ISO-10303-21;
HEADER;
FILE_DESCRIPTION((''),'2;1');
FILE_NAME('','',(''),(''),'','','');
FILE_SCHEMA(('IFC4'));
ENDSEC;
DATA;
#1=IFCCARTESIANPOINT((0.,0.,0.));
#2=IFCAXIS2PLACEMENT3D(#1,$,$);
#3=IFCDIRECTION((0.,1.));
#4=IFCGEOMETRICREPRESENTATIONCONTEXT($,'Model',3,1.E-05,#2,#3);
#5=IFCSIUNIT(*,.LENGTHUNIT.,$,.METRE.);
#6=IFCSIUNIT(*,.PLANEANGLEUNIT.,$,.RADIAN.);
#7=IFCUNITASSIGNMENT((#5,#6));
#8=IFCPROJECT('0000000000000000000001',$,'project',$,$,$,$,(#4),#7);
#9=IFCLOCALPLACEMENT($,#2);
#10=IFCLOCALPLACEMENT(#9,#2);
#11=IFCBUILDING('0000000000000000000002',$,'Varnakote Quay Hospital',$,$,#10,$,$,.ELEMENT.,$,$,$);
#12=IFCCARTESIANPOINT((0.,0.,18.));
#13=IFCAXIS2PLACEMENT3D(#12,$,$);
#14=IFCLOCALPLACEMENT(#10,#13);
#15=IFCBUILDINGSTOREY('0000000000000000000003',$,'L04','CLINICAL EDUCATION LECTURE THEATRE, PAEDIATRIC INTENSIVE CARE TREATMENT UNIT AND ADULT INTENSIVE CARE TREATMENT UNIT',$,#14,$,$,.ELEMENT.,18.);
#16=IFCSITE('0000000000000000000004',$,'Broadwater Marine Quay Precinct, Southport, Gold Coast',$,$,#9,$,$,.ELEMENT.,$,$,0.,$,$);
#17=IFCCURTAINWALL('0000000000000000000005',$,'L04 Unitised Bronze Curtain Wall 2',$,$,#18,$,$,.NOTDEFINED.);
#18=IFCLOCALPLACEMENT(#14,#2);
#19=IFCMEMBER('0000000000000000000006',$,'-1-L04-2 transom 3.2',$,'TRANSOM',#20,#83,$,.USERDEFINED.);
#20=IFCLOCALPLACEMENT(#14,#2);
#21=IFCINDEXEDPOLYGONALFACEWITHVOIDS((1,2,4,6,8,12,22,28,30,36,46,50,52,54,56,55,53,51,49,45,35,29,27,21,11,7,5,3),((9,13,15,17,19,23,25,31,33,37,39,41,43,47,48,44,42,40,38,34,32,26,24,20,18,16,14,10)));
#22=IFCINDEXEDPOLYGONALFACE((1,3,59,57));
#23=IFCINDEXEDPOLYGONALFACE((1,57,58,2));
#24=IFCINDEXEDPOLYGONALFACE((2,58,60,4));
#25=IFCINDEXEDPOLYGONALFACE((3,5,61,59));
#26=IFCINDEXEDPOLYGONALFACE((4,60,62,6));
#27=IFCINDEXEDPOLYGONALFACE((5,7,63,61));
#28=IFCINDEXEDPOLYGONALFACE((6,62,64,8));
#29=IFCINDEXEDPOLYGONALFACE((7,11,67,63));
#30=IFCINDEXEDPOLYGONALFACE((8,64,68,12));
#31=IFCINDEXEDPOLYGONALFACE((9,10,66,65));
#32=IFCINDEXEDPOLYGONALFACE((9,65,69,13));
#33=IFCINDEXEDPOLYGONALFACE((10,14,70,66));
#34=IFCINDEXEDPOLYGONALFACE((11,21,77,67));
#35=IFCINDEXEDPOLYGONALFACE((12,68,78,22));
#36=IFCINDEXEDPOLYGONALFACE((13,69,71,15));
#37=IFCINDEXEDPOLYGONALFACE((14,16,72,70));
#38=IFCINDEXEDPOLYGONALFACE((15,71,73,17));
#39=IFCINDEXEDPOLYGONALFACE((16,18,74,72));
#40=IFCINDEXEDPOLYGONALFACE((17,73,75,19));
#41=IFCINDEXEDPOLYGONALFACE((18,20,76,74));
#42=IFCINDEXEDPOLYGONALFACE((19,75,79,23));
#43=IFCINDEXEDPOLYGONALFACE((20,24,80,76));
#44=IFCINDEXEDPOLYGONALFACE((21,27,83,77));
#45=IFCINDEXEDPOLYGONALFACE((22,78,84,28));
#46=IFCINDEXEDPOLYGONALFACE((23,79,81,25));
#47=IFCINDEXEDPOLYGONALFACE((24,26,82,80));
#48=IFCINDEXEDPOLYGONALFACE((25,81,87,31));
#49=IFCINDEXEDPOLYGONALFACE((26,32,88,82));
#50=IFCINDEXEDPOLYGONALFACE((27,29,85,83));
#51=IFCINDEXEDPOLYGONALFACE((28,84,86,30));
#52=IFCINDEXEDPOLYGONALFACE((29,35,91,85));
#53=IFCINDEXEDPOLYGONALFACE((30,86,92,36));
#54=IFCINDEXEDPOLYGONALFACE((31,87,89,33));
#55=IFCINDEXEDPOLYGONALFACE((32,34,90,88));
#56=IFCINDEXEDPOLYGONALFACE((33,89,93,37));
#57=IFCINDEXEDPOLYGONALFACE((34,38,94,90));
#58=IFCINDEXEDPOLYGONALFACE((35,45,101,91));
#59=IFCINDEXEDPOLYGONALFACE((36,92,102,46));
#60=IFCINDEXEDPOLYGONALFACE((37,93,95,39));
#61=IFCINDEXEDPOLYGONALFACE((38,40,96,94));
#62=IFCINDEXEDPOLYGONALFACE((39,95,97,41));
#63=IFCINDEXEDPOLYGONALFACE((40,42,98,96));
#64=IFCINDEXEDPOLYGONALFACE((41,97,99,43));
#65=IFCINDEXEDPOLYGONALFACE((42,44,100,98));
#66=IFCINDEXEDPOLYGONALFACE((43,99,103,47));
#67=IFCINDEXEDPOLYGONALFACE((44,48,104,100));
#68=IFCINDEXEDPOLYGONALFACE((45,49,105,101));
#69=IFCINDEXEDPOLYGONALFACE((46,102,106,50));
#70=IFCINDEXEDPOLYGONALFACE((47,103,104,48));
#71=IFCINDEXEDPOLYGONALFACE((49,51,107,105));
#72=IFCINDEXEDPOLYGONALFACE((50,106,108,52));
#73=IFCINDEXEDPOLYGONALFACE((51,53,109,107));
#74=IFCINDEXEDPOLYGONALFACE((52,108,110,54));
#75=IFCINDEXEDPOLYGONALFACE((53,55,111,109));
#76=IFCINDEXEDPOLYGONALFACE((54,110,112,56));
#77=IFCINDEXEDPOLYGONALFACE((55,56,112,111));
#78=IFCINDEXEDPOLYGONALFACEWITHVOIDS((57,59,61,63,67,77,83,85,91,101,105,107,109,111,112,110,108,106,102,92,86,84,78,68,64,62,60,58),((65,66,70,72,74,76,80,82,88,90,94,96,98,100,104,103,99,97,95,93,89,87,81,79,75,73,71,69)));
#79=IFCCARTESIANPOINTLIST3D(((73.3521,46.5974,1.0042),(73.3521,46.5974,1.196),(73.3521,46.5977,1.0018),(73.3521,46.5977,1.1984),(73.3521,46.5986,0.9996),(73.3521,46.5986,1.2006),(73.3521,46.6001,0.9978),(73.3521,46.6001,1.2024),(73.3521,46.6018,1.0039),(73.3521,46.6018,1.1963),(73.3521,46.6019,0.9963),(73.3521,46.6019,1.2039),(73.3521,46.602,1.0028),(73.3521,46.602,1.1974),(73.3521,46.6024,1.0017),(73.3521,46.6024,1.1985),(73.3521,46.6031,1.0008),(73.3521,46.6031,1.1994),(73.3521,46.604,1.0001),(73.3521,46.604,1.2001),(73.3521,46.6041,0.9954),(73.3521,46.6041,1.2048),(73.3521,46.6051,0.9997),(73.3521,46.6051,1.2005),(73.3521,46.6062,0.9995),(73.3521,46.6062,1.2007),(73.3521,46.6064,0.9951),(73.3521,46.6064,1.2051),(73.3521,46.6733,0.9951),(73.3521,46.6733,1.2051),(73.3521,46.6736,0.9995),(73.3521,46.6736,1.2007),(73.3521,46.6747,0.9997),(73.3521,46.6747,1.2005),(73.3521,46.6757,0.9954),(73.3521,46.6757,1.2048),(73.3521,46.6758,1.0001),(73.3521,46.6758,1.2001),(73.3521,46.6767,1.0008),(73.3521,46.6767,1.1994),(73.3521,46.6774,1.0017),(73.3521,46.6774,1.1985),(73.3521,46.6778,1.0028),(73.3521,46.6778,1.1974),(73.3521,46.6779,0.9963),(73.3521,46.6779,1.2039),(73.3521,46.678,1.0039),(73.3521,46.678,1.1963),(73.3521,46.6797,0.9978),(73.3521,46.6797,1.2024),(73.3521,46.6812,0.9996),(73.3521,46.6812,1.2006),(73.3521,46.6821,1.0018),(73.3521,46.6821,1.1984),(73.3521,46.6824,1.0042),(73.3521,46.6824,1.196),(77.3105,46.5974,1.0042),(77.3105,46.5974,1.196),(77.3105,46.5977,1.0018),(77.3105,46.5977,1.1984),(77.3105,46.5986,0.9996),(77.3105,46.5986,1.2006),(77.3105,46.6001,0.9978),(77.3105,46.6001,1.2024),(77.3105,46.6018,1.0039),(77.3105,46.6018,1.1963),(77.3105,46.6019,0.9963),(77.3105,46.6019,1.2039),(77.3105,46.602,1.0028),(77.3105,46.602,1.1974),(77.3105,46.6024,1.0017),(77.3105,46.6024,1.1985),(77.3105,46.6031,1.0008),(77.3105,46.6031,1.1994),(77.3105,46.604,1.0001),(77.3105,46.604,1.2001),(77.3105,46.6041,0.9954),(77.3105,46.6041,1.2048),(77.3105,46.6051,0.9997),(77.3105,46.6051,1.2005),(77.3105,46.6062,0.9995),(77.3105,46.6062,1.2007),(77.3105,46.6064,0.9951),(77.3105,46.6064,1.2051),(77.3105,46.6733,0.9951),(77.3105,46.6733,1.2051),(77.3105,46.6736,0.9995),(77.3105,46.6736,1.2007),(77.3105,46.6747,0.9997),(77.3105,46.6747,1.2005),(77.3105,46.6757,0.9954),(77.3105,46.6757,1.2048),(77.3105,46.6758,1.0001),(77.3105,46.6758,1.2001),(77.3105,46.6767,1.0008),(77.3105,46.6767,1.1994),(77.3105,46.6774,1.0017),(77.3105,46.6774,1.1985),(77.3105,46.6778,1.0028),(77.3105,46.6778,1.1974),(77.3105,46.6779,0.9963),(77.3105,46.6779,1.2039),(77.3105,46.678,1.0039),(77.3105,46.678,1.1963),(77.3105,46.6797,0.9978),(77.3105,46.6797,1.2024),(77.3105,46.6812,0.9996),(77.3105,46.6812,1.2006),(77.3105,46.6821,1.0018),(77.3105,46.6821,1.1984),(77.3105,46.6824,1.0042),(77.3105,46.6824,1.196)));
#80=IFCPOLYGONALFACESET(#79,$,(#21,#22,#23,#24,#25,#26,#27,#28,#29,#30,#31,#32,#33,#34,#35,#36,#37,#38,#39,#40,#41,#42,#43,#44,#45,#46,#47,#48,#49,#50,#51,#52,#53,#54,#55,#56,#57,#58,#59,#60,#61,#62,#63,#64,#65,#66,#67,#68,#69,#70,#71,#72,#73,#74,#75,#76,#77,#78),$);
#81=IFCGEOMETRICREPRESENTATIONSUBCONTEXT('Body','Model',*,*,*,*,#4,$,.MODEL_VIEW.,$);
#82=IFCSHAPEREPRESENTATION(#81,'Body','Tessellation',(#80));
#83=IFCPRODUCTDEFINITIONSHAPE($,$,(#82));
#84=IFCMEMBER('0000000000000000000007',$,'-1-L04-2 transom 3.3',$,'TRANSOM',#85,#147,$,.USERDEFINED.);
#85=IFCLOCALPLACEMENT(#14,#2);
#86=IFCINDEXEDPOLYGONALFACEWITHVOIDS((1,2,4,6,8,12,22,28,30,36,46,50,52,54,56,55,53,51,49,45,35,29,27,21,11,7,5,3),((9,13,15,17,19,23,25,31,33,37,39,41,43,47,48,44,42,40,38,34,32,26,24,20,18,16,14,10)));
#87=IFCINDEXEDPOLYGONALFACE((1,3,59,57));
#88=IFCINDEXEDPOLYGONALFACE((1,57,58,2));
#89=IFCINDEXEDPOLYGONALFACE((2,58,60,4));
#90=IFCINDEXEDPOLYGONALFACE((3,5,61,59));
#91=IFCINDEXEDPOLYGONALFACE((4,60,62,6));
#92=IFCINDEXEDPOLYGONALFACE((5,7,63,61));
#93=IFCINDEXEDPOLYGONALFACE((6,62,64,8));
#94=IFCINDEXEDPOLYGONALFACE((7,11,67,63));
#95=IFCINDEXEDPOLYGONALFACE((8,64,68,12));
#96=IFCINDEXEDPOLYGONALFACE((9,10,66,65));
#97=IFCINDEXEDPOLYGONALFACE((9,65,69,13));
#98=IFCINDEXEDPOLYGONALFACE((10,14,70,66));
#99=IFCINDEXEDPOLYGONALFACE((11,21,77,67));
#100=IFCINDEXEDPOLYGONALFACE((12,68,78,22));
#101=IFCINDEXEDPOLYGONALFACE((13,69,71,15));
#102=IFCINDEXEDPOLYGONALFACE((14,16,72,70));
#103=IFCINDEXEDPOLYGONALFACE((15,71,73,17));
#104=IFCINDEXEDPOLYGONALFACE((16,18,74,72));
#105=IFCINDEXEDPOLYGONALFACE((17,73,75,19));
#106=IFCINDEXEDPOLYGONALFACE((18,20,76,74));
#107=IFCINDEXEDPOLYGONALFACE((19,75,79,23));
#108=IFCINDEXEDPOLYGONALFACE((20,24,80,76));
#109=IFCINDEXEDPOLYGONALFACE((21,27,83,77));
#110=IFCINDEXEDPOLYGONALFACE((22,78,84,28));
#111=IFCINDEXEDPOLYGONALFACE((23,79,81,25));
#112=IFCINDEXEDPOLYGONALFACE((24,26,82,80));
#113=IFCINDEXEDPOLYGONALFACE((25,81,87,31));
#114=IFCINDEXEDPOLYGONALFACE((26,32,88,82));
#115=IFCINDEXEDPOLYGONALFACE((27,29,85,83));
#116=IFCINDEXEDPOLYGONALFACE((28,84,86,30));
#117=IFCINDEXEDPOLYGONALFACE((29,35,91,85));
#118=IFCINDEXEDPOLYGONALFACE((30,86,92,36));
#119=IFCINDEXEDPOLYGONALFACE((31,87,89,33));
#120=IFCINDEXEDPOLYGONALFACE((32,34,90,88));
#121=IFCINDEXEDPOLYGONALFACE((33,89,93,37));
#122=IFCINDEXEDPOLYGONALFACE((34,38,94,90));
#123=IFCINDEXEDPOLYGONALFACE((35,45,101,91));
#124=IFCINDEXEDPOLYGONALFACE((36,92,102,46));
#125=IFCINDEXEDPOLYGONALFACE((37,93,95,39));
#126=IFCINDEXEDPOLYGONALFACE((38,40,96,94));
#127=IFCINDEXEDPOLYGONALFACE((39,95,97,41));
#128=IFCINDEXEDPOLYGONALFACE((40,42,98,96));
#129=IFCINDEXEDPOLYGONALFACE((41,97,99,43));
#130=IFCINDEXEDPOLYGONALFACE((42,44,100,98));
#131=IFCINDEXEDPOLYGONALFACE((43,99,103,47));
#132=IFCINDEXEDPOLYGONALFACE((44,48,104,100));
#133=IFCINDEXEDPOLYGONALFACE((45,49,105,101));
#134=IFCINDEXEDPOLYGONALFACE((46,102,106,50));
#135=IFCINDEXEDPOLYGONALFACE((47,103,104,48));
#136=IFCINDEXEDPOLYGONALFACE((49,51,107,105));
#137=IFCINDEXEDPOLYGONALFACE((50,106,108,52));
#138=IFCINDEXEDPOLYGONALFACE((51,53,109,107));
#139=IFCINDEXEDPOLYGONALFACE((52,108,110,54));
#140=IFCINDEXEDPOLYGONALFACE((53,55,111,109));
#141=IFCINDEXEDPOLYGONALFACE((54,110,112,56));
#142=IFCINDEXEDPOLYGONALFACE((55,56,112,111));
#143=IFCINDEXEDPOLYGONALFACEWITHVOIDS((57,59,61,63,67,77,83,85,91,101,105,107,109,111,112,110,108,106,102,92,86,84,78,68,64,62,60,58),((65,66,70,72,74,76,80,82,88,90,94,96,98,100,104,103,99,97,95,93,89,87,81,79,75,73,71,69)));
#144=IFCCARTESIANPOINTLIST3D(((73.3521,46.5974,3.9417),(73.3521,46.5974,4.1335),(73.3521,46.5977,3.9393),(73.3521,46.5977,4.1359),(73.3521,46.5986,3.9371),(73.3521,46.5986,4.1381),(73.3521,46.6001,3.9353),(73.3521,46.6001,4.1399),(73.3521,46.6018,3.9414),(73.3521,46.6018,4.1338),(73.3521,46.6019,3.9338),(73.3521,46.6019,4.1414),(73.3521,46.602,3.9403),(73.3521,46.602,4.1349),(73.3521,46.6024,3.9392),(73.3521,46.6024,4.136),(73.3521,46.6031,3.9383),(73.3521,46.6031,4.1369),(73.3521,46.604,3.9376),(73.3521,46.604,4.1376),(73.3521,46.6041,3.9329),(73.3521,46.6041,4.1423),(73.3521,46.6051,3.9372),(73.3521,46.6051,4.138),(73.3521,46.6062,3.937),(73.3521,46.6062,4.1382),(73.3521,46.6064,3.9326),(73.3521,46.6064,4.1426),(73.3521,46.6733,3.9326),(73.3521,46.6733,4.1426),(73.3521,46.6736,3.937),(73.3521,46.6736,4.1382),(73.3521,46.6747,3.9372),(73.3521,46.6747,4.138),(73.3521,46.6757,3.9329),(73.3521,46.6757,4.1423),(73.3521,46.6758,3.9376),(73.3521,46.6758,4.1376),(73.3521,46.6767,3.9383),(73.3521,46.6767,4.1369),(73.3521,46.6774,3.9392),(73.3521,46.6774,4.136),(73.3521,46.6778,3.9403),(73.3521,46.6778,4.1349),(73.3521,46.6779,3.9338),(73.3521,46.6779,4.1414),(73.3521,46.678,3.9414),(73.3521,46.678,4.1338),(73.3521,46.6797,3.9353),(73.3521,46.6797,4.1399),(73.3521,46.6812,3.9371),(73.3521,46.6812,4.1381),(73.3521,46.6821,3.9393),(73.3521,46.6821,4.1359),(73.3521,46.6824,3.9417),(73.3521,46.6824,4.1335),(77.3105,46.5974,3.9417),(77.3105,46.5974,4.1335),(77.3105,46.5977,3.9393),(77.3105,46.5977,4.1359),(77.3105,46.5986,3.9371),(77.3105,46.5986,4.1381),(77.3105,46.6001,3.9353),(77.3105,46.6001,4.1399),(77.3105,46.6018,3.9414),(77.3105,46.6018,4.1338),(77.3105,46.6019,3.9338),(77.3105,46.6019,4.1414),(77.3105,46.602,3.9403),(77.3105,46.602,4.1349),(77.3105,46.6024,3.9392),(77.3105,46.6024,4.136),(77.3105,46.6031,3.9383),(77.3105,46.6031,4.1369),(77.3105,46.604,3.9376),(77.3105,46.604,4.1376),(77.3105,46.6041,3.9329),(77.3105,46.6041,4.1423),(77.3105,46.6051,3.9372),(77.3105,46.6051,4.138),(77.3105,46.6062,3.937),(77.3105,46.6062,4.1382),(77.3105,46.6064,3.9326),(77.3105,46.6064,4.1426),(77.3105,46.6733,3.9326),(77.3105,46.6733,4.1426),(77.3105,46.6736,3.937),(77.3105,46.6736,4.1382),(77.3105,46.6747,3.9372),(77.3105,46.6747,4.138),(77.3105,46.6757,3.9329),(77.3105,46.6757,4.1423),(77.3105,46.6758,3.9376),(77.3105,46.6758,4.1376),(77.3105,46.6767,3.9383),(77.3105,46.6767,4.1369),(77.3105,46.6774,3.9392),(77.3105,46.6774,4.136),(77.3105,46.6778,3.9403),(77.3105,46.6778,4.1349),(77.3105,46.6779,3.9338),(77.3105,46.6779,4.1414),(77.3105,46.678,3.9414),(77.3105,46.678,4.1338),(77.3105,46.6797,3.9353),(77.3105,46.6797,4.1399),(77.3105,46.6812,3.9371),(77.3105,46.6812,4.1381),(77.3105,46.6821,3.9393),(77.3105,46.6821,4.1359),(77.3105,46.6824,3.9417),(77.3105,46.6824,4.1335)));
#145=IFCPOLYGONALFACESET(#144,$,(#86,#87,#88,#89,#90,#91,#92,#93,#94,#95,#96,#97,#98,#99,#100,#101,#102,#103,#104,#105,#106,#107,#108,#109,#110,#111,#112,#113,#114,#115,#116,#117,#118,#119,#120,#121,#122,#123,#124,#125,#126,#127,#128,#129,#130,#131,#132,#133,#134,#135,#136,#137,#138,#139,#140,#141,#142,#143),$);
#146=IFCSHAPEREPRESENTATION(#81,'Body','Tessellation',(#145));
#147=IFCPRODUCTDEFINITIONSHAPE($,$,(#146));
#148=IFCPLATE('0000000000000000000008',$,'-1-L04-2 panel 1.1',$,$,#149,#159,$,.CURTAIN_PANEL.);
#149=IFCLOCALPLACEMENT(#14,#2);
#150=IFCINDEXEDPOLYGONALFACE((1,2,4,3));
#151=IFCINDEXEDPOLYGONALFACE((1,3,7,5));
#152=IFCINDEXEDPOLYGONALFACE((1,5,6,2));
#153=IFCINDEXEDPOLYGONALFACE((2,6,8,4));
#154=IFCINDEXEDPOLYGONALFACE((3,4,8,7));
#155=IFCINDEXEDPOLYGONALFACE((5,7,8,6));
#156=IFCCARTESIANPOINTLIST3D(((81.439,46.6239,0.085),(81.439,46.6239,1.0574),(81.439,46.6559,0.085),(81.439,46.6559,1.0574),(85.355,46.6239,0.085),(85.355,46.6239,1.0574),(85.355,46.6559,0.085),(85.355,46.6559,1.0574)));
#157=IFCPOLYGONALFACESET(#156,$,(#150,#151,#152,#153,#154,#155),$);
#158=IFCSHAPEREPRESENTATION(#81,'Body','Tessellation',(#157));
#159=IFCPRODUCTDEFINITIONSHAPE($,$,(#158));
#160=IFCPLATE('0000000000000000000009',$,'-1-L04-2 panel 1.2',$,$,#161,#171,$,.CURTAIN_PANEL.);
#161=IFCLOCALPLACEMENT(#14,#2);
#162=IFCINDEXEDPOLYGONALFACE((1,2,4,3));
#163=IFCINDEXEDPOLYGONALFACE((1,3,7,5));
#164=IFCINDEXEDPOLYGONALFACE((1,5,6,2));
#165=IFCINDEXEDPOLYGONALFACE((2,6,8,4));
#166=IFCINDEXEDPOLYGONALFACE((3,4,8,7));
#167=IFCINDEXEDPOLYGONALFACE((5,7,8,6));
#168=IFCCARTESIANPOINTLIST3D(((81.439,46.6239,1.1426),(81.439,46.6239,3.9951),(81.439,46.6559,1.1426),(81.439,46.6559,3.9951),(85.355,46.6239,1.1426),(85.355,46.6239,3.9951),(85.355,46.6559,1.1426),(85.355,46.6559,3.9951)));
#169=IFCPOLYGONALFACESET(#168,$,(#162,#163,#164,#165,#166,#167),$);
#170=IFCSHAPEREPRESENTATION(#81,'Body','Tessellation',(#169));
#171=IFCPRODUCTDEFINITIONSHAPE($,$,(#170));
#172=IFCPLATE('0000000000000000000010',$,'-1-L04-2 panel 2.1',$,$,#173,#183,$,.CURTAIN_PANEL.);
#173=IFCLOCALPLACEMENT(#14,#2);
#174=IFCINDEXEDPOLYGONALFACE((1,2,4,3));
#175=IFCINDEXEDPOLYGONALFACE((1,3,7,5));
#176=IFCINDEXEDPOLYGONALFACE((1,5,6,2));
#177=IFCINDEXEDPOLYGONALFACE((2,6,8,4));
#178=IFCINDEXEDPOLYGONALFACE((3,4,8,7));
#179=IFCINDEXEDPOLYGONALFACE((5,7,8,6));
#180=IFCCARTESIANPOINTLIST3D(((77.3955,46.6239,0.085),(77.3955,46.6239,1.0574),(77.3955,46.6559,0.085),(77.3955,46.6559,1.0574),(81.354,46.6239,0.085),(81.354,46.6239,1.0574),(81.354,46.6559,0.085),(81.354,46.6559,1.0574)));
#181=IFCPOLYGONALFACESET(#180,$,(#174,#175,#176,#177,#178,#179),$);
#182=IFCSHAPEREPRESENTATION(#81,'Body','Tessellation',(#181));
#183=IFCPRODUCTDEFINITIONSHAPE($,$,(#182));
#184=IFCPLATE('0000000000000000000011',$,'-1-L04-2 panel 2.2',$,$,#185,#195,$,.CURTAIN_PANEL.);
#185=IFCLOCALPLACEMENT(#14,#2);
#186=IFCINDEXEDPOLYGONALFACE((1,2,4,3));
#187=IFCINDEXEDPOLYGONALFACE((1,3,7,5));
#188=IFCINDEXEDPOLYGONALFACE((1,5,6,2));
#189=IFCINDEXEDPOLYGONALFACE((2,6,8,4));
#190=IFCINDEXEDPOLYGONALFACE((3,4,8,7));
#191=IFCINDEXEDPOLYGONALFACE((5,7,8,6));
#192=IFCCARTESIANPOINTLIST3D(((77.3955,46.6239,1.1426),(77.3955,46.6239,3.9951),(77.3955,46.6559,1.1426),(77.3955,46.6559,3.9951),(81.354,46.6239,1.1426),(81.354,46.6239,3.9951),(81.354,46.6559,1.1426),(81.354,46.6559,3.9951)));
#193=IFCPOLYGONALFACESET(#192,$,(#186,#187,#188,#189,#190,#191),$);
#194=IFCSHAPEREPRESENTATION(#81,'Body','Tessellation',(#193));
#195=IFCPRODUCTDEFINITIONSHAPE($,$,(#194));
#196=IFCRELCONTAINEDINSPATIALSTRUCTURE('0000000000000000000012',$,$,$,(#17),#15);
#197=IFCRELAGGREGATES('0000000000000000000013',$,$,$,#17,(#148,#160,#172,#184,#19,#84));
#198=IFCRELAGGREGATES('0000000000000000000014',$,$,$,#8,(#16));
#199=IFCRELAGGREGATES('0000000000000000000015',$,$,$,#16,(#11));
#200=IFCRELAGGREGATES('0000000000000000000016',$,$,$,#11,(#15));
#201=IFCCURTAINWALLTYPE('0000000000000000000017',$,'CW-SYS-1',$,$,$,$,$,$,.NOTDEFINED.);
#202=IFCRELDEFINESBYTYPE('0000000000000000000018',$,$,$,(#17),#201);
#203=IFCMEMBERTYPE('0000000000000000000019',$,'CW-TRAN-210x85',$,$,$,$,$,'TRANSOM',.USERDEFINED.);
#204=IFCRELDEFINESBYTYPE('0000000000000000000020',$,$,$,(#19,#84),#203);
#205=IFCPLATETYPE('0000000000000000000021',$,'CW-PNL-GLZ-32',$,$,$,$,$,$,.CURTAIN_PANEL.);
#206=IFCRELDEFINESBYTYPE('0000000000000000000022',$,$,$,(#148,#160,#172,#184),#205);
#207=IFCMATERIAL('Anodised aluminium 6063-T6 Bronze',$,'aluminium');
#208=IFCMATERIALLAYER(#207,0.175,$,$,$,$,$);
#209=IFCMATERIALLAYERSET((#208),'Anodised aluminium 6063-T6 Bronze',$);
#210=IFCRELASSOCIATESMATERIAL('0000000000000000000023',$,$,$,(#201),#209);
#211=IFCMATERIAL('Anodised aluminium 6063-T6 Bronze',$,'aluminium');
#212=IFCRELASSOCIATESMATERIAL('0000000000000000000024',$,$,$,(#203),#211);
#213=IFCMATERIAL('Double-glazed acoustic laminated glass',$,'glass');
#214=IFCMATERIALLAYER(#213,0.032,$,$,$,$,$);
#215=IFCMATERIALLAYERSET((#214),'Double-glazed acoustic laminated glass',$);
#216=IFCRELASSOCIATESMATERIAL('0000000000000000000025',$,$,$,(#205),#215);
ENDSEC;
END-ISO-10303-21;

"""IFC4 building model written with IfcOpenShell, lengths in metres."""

from ifc_helpers import new_model, si_unit, direction, frame, origin, origin_2d, place, context, subcontext, project, spatial, rectangle, hollow_rectangle, extrude, material, layer, layer_set, material_profile, profile_set, type_object, element, aggregate, save


model = new_model("IFC4")

# Units and contexts
model_context = context("Model", 3, precision=1e-05, world=origin(), true_north=direction((0.0, 1.0)))
body_context = subcontext(model_context, "Body", "Model", "MODEL_VIEW")
ifc_project = project(units=[si_unit("LENGTHUNIT", "METRE"), si_unit("PLANEANGLEUNIT", "RADIAN")], contexts=[model_context])

# Site, building, storey
site_placement = place(None, origin())
site = spatial("IfcSite", under=ifc_project, at=site_placement, Name="Broadwater Marine Quay Precinct, Southport, Gold Coast", CompositionType="ELEMENT", RefElevation=0.0)
building_placement = place(site_placement, origin())
building = spatial("IfcBuilding", under=site, at=building_placement, Name="Varnakote Quay Hospital", CompositionType="ELEMENT")
storey_placement = place(building_placement, frame((0.0, 0.0, 18.0)))
storey = spatial("IfcBuildingStorey", under=building, at=storey_placement, Name="L04", Description="CLINICAL EDUCATION LECTURE THEATRE, PAEDIATRIC INTENSIVE CARE TREATMENT UNIT AND ADULT INTENSIVE CARE TREATMENT UNIT", CompositionType="ELEMENT", Elevation=18.0)

# Shared definitions
ifc_material_1 = material(Name="Anodised aluminium 6063-T6 Bronze", Category="aluminium")
ifc_layer_1 = layer(ifc_material_1, 0.175)
ifc_layer_set_1 = layer_set([ifc_layer_1], Name="Anodised aluminium 6063-T6 Bronze")
curtain_wall_type = type_object("IfcCurtainWallType", Name="CW-SYS-1", PredefinedType="NOTDEFINED", material=ifc_layer_set_1)

# Curtain wall, members, plates
curtain_wall_1_placement = place(storey_placement, origin())
curtain_wall_1 = element("IfcCurtainWall", 1, at=curtain_wall_1_placement, inside=storey, type_object=curtain_wall_type, Name="L04 Unitised Bronze Curtain Wall 2", PredefinedType="NOTDEFINED")
ifc_material_2 = material(Name="Anodised aluminium 6063-T6 Bronze", Category="aluminium")
ifc_material_profile_1 = material_profile(ifc_material_2, hollow_rectangle(XDim=0.085, YDim=0.21, WallThickness=0.0044, InnerFilletRadius=0.0044, OuterFilletRadius=0.009, at=origin_2d()), Name="CW-TRAN-210x85")
ifc_profile_set_1 = profile_set([ifc_material_profile_1], Name="Anodised aluminium 6063-T6 Bronze")
member_type_1 = type_object("IfcMemberType", Name="CW-TRAN-210x85", ElementType="TRANSOM", PredefinedType="USERDEFINED", material=ifc_profile_set_1)
member_1_placement = place(storey_placement, frame((77.3105, 46.6399, 1.1001), z_axis=(-1.0, 0.0, 0.0), x_axis=(0.0, -1.0, 0.0)))
member_1 = element("IfcMember", 2, at=member_1_placement, type_object=member_type_1, Name="-1-L04-2 transom 3.2", ObjectType="TRANSOM", PredefinedType="USERDEFINED", context=body_context, shape_type="SweptSolid", body=[
    extrude(hollow_rectangle(XDim=0.085, YDim=0.21, WallThickness=0.0044, InnerFilletRadius=0.0044, OuterFilletRadius=0.009, at=origin_2d()), origin(), (0.0, 0.0, 1.0), 3.9585),
])
member_2_placement = place(storey_placement, frame((77.3105, 46.6399, 4.0376), z_axis=(-1.0, 0.0, 0.0), x_axis=(0.0, -1.0, 0.0)))
member_2 = element("IfcMember", 3, at=member_2_placement, type_object=member_type_1, Name="-1-L04-2 transom 3.3", ObjectType="TRANSOM", PredefinedType="USERDEFINED", context=body_context, shape_type="SweptSolid", body=[
    extrude(hollow_rectangle(XDim=0.085, YDim=0.21, WallThickness=0.0044, InnerFilletRadius=0.0044, OuterFilletRadius=0.009, at=origin_2d()), origin(), (0.0, 0.0, 1.0), 3.9585),
])
ifc_material_3 = material(Name="Double-glazed acoustic laminated glass", Category="glass")
ifc_layer_2 = layer(ifc_material_3, 0.032)
ifc_layer_set_2 = layer_set([ifc_layer_2], Name="Double-glazed acoustic laminated glass")
plate_type = type_object("IfcPlateType", Name="CW-PNL-GLZ-32", PredefinedType="CURTAIN_PANEL", material=ifc_layer_set_2)
plate_1_placement = place(storey_placement, frame((83.397, 46.6399, 0.085), z_axis=(0.0, 0.0, 1.0), x_axis=(-1.0, 0.0, 0.0)))
plate_1 = element("IfcPlate", 4, at=plate_1_placement, type_object=plate_type, Name="-1-L04-2 panel 1.1", PredefinedType="CURTAIN_PANEL", context=body_context, shape_type="SweptSolid", body=[
    extrude(rectangle(XDim=3.916, YDim=0.032, at=origin_2d()), origin(), (0.0, 0.0, 1.0), 0.9724),
])
plate_2_placement = place(storey_placement, frame((83.397, 46.6399, 1.1426), z_axis=(0.0, 0.0, 1.0), x_axis=(-1.0, 0.0, 0.0)))
plate_2 = element("IfcPlate", 5, at=plate_2_placement, type_object=plate_type, Name="-1-L04-2 panel 1.2", PredefinedType="CURTAIN_PANEL", context=body_context, shape_type="SweptSolid", body=[
    extrude(rectangle(XDim=3.916, YDim=0.032, at=origin_2d()), origin(), (0.0, 0.0, 1.0), 2.8525),
])
plate_3_placement = place(storey_placement, frame((79.3748, 46.6399, 0.085), z_axis=(0.0, 0.0, 1.0), x_axis=(-1.0, 0.0, 0.0)))
plate_3 = element("IfcPlate", 6, at=plate_3_placement, type_object=plate_type, Name="-1-L04-2 panel 2.1", PredefinedType="CURTAIN_PANEL", context=body_context, shape_type="SweptSolid", body=[
    extrude(rectangle(XDim=3.9585, YDim=0.032, at=origin_2d()), origin(), (0.0, 0.0, 1.0), 0.9724),
])
plate_4_placement = place(storey_placement, frame((79.3748, 46.6399, 1.1426), z_axis=(0.0, 0.0, 1.0), x_axis=(-1.0, 0.0, 0.0)))
plate_4 = element("IfcPlate", 7, at=plate_4_placement, type_object=plate_type, Name="-1-L04-2 panel 2.2", PredefinedType="CURTAIN_PANEL", context=body_context, shape_type="SweptSolid", body=[
    extrude(rectangle(XDim=3.9585, YDim=0.032, at=origin_2d()), origin(), (0.0, 0.0, 1.0), 2.8525),
])
aggregate(curtain_wall_1, [plate_1, plate_2, plate_3, plate_4, member_1, member_2])

save(model, "model.ifc")
